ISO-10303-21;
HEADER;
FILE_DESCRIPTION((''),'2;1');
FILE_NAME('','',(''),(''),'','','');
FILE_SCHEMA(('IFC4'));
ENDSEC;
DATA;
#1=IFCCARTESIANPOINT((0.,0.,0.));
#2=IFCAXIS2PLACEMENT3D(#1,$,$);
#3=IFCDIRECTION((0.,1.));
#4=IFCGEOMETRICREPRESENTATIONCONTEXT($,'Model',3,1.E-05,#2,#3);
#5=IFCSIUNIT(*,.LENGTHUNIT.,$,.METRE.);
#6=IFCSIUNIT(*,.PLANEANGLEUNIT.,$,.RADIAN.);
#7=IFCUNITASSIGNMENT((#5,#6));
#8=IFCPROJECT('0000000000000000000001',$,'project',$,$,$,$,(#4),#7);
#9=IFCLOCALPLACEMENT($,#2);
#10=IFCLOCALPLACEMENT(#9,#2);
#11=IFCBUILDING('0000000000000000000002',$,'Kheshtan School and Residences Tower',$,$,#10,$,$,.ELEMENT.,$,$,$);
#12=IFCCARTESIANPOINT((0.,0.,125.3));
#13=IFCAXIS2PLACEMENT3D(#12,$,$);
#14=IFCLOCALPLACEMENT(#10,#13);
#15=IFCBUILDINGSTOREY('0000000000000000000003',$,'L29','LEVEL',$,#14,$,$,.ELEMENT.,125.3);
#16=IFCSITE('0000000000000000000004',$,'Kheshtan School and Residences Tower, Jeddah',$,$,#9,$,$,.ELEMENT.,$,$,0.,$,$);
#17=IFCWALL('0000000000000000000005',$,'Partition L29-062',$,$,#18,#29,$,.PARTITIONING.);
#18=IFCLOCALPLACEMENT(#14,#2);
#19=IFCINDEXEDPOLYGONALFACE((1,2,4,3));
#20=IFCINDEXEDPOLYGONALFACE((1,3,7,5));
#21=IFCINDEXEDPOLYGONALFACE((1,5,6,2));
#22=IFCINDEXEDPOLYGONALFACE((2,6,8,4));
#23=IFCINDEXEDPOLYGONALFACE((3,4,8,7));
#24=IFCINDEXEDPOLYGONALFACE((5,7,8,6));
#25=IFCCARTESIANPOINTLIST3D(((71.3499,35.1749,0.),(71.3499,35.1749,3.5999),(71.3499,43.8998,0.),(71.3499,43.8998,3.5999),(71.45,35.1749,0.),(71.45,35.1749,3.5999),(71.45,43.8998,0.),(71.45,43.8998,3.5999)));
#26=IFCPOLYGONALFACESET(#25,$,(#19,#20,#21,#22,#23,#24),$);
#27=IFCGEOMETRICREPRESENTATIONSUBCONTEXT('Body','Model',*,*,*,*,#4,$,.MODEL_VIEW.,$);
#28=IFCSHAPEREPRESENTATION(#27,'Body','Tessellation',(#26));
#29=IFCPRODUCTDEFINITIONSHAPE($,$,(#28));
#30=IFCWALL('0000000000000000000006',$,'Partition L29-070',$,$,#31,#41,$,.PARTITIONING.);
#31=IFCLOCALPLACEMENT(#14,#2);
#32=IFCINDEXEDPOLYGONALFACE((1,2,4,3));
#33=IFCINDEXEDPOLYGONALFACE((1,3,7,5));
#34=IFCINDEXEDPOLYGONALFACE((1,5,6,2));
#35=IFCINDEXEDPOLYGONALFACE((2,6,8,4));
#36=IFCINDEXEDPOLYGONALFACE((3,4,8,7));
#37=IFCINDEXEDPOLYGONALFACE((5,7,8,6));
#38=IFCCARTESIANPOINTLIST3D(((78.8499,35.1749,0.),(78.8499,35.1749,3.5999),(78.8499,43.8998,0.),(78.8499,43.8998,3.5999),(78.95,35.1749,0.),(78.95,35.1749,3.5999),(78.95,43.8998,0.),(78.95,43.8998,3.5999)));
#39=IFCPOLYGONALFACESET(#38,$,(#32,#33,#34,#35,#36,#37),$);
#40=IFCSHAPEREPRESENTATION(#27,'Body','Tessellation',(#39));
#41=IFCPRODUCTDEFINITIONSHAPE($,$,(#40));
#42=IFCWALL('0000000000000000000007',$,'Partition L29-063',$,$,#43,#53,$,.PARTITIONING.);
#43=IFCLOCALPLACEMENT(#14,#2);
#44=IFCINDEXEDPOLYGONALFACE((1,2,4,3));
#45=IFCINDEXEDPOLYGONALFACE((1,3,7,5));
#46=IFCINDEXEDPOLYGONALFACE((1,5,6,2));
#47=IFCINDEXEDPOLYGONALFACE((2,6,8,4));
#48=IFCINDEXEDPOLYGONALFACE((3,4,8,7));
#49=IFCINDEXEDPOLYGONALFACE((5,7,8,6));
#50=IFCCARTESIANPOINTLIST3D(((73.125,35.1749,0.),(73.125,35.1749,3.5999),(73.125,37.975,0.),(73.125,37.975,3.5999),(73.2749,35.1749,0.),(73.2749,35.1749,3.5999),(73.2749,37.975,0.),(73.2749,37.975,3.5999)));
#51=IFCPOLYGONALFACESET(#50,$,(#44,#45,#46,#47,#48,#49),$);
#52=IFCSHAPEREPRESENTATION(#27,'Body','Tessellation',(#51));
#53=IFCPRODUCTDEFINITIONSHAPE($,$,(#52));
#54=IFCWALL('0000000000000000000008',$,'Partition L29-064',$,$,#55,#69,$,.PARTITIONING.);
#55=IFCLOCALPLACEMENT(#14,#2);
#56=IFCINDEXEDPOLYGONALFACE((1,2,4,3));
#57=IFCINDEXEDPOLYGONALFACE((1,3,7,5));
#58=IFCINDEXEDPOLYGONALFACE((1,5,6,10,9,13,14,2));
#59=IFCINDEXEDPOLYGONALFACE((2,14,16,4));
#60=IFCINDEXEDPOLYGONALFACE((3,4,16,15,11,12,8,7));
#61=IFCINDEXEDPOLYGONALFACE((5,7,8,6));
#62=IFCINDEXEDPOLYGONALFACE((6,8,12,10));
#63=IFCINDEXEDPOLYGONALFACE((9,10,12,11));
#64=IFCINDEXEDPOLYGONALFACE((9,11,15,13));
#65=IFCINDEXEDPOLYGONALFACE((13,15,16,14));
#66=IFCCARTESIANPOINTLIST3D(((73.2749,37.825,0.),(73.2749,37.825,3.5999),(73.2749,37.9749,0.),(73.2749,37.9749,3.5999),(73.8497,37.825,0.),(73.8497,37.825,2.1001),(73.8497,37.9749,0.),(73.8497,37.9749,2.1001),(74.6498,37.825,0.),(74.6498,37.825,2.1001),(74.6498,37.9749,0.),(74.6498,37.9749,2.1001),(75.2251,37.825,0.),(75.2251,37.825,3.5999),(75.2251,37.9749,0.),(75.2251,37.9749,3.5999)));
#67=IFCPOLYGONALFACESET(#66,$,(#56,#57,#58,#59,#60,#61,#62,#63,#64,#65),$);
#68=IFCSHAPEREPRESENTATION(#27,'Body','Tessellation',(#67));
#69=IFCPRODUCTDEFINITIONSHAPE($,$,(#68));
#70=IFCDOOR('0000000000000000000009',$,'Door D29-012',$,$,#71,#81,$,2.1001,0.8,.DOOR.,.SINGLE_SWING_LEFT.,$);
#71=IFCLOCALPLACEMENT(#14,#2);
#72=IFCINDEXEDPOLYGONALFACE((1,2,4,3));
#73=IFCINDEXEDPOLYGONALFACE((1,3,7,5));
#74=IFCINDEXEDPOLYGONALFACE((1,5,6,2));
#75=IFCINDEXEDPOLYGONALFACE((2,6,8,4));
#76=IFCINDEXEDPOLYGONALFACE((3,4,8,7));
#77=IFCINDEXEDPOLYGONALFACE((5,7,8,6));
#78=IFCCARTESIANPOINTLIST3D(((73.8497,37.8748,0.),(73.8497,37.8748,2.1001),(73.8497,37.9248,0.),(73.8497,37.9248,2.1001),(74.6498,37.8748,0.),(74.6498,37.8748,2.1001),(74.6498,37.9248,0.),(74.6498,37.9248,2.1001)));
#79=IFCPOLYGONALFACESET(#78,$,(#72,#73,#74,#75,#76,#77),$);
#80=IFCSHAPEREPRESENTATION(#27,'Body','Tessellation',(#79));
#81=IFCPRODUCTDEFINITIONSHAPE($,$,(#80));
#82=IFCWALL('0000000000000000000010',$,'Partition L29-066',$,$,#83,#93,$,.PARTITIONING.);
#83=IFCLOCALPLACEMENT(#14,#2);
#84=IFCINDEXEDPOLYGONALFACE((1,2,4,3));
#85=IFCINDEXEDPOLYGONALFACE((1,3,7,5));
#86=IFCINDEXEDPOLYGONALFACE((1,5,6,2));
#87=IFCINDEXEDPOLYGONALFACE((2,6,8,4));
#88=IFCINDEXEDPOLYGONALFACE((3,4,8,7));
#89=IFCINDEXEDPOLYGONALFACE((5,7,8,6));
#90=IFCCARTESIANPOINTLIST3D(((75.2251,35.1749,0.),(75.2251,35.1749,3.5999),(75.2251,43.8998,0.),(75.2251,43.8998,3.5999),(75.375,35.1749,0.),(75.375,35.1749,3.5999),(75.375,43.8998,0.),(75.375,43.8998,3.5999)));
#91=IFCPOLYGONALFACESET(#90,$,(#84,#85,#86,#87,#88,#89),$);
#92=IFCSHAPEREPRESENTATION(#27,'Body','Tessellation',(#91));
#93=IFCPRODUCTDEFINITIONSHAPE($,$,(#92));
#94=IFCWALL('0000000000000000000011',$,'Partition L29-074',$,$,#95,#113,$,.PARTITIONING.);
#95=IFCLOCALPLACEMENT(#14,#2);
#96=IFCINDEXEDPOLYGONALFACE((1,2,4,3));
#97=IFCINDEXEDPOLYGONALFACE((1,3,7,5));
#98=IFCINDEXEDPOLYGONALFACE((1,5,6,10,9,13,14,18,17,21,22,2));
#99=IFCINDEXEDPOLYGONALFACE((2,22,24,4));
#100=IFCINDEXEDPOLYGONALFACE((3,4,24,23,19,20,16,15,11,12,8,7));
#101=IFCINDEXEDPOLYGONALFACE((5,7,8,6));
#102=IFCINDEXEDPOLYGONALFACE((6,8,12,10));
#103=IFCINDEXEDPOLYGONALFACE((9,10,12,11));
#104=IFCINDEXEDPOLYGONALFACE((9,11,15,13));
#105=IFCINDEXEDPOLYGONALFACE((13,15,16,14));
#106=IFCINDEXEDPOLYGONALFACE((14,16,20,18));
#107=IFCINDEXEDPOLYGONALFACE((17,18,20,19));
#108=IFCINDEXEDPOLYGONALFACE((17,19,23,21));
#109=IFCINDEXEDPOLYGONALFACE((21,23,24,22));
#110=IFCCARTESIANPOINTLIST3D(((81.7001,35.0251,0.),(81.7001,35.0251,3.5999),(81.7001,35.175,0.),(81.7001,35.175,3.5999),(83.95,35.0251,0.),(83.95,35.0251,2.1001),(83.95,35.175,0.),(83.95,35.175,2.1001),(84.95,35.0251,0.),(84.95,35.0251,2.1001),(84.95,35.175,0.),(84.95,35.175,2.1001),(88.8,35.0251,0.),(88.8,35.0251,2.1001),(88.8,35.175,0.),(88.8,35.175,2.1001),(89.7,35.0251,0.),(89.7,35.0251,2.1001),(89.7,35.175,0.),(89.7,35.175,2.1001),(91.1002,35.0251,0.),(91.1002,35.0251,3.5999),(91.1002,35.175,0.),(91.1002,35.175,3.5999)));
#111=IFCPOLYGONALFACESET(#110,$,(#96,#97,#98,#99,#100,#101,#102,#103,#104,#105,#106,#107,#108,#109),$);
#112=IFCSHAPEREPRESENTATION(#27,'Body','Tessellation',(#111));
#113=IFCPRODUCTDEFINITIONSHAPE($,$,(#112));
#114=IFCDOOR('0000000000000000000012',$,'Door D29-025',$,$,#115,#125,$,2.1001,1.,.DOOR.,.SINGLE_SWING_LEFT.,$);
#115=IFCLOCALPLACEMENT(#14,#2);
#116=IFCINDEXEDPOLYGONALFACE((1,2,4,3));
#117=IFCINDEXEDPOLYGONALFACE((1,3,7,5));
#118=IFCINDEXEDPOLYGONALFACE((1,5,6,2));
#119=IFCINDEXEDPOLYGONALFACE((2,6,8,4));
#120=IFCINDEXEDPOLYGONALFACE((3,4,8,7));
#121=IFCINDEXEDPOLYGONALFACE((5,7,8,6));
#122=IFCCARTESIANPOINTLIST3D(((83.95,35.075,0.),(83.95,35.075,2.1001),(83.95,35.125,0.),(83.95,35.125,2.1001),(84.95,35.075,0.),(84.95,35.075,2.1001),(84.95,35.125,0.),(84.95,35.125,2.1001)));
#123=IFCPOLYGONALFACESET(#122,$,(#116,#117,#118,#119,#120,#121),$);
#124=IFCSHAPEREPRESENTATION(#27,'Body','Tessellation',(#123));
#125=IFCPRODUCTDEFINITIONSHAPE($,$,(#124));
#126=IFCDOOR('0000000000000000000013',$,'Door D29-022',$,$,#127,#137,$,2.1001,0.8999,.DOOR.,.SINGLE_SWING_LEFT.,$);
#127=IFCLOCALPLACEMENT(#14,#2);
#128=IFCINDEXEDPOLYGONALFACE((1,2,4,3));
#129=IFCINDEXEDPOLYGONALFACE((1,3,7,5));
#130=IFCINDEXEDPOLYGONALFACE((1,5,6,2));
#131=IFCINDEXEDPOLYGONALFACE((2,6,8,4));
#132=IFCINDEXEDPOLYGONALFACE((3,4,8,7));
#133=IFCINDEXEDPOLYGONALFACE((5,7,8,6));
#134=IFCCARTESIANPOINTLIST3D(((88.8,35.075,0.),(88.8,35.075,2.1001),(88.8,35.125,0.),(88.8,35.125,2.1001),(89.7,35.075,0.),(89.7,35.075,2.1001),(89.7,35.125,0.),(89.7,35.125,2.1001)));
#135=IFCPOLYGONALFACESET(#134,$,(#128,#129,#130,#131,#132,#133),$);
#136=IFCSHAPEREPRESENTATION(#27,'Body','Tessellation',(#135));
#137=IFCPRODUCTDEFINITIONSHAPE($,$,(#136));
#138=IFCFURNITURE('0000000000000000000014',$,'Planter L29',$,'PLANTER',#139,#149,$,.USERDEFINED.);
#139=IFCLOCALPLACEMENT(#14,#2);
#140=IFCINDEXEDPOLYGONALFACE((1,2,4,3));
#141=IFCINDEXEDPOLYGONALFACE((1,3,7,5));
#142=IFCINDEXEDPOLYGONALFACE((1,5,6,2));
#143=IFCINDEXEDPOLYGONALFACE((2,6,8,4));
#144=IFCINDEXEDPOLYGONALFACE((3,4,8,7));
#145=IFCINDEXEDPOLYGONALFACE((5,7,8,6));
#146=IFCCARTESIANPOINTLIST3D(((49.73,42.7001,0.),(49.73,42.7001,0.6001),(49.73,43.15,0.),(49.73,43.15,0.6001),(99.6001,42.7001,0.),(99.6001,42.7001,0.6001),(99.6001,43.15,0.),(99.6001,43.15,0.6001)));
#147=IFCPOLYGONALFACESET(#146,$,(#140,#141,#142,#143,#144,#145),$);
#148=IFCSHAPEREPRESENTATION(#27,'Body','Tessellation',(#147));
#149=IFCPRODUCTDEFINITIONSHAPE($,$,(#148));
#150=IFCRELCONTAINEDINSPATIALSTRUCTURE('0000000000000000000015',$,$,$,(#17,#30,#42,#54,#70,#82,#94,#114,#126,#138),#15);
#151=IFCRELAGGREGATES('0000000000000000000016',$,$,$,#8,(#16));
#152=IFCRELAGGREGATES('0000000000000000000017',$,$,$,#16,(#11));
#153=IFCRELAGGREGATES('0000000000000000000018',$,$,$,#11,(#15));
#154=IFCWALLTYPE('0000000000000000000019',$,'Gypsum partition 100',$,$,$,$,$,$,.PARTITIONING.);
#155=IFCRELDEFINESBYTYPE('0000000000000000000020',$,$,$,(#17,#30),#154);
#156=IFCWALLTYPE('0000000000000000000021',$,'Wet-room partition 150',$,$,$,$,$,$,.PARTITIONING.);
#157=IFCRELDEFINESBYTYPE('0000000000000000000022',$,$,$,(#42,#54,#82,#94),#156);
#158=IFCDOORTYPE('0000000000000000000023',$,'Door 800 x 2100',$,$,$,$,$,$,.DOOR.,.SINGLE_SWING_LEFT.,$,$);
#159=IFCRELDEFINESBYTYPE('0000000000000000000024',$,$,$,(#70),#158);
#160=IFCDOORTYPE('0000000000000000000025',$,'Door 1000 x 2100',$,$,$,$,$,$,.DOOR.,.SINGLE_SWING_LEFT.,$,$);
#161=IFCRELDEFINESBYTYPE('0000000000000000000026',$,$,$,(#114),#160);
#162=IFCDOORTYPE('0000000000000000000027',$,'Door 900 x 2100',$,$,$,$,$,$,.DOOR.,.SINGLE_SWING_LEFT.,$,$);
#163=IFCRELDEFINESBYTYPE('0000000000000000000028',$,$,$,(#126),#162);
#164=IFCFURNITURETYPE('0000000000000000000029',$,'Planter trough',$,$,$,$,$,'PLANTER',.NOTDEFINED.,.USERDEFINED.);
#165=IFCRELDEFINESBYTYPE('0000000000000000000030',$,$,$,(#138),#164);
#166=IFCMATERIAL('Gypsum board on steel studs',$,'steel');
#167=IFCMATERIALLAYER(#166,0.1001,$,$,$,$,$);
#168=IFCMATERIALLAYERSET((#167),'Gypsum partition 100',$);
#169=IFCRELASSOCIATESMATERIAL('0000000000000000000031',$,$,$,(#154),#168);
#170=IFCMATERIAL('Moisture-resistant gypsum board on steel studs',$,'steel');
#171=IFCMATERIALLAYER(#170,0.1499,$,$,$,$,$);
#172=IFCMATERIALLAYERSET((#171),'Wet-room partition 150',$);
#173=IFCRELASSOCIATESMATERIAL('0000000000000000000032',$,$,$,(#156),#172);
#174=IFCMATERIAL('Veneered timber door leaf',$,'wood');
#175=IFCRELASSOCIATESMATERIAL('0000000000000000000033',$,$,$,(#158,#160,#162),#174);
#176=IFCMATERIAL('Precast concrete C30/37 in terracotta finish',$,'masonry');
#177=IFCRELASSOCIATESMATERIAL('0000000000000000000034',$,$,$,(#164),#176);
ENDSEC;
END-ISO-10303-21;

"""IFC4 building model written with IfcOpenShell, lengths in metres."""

from ifc_helpers import new_model, si_unit, direction, frame, frame_2d, origin, origin_2d, place, context, subcontext, project, spatial, rectangle, extrude, source, transform, mapped, material, layer, layer_set, type_object, element, fill, save


model = new_model("IFC4")

# Units and contexts
model_context = context("Model", 3, precision=1e-05, world=origin(), true_north=direction((0.0, 1.0)))
body_context = subcontext(model_context, "Body", "Model", "MODEL_VIEW")
ifc_project = project(units=[si_unit("LENGTHUNIT", "METRE"), si_unit("PLANEANGLEUNIT", "RADIAN")], contexts=[model_context])

# Site, building, storey
site_placement = place(None, origin())
site = spatial("IfcSite", under=ifc_project, at=site_placement, Name="Kheshtan School and Residences Tower, Jeddah", CompositionType="ELEMENT", RefElevation=0.0)
building_placement = place(site_placement, origin())
building = spatial("IfcBuilding", under=site, at=building_placement, Name="Kheshtan School and Residences Tower", CompositionType="ELEMENT")
storey_placement = place(building_placement, frame((0.0, 0.0, 125.3)))
storey = spatial("IfcBuildingStorey", under=building, at=storey_placement, Name="L29", Description="LEVEL", CompositionType="ELEMENT", Elevation=125.3)

# Walls
ifc_material_1 = material(Name="Gypsum board on steel studs", Category="steel")
ifc_layer_1 = layer(ifc_material_1, 0.1001)
ifc_layer_set_1 = layer_set([ifc_layer_1], Name="Gypsum partition 100")
wall_type_1 = type_object("IfcWallType", Name="Gypsum partition 100", PredefinedType="PARTITIONING", material=ifc_layer_set_1)
for number, where, z_axis, x_axis, name in (
    (1, (71.3999, 35.175, 0.0), (0.0, 0.0, 1.0), (0.0, 1.0, 0.0), "Partition L29-062"),
    (2, (78.8999, 35.175, 0.0), (0.0, 0.0, 1.0), (0.0, 1.0, 0.0), "Partition L29-070"),
):
    element("IfcWall", number, at=place(storey_placement, frame(where, z_axis=z_axis, x_axis=x_axis)), inside=storey, type_object=wall_type_1, Name=name, PredefinedType="PARTITIONING", context=body_context, shape_type="SweptSolid", body=[
        extrude(rectangle(XDim=8.7249, YDim=0.1001, at=frame_2d((4.3623, 0.0))), origin(), (0.0, 0.0, 1.0), 3.5999),
    ])
ifc_material_2 = material(Name="Moisture-resistant gypsum board on steel studs", Category="steel")
ifc_layer_2 = layer(ifc_material_2, 0.1499)
ifc_layer_set_2 = layer_set([ifc_layer_2], Name="Wet-room partition 150")
wall_type_2 = type_object("IfcWallType", Name="Wet-room partition 150", PredefinedType="PARTITIONING", material=ifc_layer_set_2)
wall_1_placement = place(storey_placement, frame((73.2, 35.175, 0.0), z_axis=(0.0, 0.0, 1.0), x_axis=(0.0, 1.0, 0.0)))
element("IfcWall", 3, at=wall_1_placement, inside=storey, type_object=wall_type_2, Name="Partition L29-063", PredefinedType="PARTITIONING", context=body_context, shape_type="SweptSolid", body=[
    extrude(rectangle(XDim=2.8, YDim=0.1499, at=frame_2d((1.3999, 0.0))), origin(), (0.0, 0.0, 1.0), 3.5999),
])

# Wall, opening, door
wall_2_placement = place(storey_placement, frame((73.2749, 37.8999, 0.0), z_axis=(0.0, 0.0, 1.0), x_axis=(1.0, 0.0, 0.0)))
wall_2 = element("IfcWall", 4, at=wall_2_placement, inside=storey, type_object=wall_type_2, Name="Partition L29-064", PredefinedType="PARTITIONING", context=body_context, shape_type="SweptSolid", body=[
    extrude(rectangle(XDim=1.9502, YDim=0.1499, at=frame_2d((0.9751, 0.0))), origin(), (0.0, 0.0, 1.0), 3.5999),
])
opening_1_placement = place(wall_2_placement, frame((0.575, 0.0, 0.0)))
opening_1 = element("IfcOpeningElement", 5, at=opening_1_placement, cuts=wall_2, PredefinedType="OPENING", context=body_context, shape_type="SweptSolid", body=[
    extrude(rectangle(XDim=0.8, YDim=2.1001, at=frame_2d((0.3999, 1.05))), frame((0.0, 0.085, 0.0), z_axis=(0.0, -1.0, 0.0), x_axis=(1.0, 0.0, 0.0)), (0.0, 0.0, 1.0), 0.1699),
])
ifc_material_3 = material(Name="Veneered timber door leaf", Category="wood")
door_type_1 = type_object("IfcDoorType", Name="Door 800 x 2100", OperationType="SINGLE_SWING_LEFT", PredefinedType="DOOR", material=ifc_material_3)
shared_shape_1 = source(origin(), body_context, "Body", "SweptSolid", [
    extrude(rectangle(XDim=0.8, YDim=2.1001, at=frame_2d((0.3999, 1.05))), frame((0.0, 0.0249, 0.0), z_axis=(0.0, -1.0, 0.0), x_axis=(1.0, 0.0, 0.0)), (0.0, 0.0, 1.0), 0.05),
])
door_1_placement = place(opening_1_placement, origin())
door_1 = element("IfcDoor", 6, at=door_1_placement, inside=storey, type_object=door_type_1, Name="Door D29-012", OperationType="SINGLE_SWING_LEFT", OverallHeight=2.1001, OverallWidth=0.8, PredefinedType="DOOR", context=body_context, shape_type="MappedRepresentation", body=[
    mapped(shared_shape_1, transform((0.0, 0.0, 0.0), x_axis=(1.0, 0.0, 0.0), y_axis=(0.0, 1.0, 0.0), z_axis=(0.0, 0.0, 1.0), scale=1.0)),
])
fill(opening_1, door_1)

# Wall
wall_3_placement = place(storey_placement, frame((75.3, 35.175, 0.0), z_axis=(0.0, 0.0, 1.0), x_axis=(0.0, 1.0, 0.0)))
element("IfcWall", 7, at=wall_3_placement, inside=storey, type_object=wall_type_2, Name="Partition L29-066", PredefinedType="PARTITIONING", context=body_context, shape_type="SweptSolid", body=[
    extrude(rectangle(XDim=8.7249, YDim=0.1499, at=frame_2d((4.3623, 0.0))), origin(), (0.0, 0.0, 1.0), 3.5999),
])

# Wall, openings, doors
wall_4_placement = place(storey_placement, frame((81.7, 35.1001, 0.0), z_axis=(0.0, 0.0, 1.0), x_axis=(1.0, 0.0, 0.0)))
wall_4 = element("IfcWall", 8, at=wall_4_placement, inside=storey, type_object=wall_type_2, Name="Partition L29-074", PredefinedType="PARTITIONING", context=body_context, shape_type="SweptSolid", body=[
    extrude(rectangle(XDim=9.4001, YDim=0.1499, at=frame_2d((4.7002, 0.0))), origin(), (0.0, 0.0, 1.0), 3.5999),
])
opening_2_placement = place(wall_4_placement, frame((7.1001, 0.0, 0.0)))
opening_2 = element("IfcOpeningElement", 9, at=opening_2_placement, cuts=wall_4, PredefinedType="OPENING", context=body_context, shape_type="SweptSolid", body=[
    extrude(rectangle(XDim=0.8999, YDim=2.1001, at=frame_2d((0.45, 1.05))), frame((0.0, 0.085, 0.0), z_axis=(0.0, -1.0, 0.0), x_axis=(1.0, 0.0, 0.0)), (0.0, 0.0, 1.0), 0.1699),
])
opening_3_placement = place(wall_4_placement, frame((2.25, 0.0, 0.0)))
opening_3 = element("IfcOpeningElement", 10, at=opening_3_placement, cuts=wall_4, PredefinedType="OPENING", context=body_context, shape_type="SweptSolid", body=[
    extrude(rectangle(XDim=1.0, YDim=2.1001, at=frame_2d((0.5, 1.05))), frame((0.0, 0.085, 0.0), z_axis=(0.0, -1.0, 0.0), x_axis=(1.0, 0.0, 0.0)), (0.0, 0.0, 1.0), 0.1699),
])
door_type_2 = type_object("IfcDoorType", Name="Door 1000 x 2100", OperationType="SINGLE_SWING_LEFT", PredefinedType="DOOR", material=ifc_material_3)
shared_shape_2 = source(origin(), body_context, "Body", "SweptSolid", [
    extrude(rectangle(XDim=1.0, YDim=2.1001, at=frame_2d((0.5, 1.05))), frame((0.0, 0.0249, 0.0), z_axis=(0.0, -1.0, 0.0), x_axis=(1.0, 0.0, 0.0)), (0.0, 0.0, 1.0), 0.05),
])
door_2_placement = place(opening_3_placement, origin())
door_2 = element("IfcDoor", 11, at=door_2_placement, inside=storey, type_object=door_type_2, Name="Door D29-025", OperationType="SINGLE_SWING_LEFT", OverallHeight=2.1001, OverallWidth=1.0, PredefinedType="DOOR", context=body_context, shape_type="MappedRepresentation", body=[
    mapped(shared_shape_2, transform((0.0, 0.0, 0.0), x_axis=(1.0, 0.0, 0.0), y_axis=(0.0, 1.0, 0.0), z_axis=(0.0, 0.0, 1.0), scale=1.0)),
])
fill(opening_3, door_2)
door_type_3 = type_object("IfcDoorType", Name="Door 900 x 2100", OperationType="SINGLE_SWING_LEFT", PredefinedType="DOOR", material=ifc_material_3)
shared_shape_3 = source(origin(), body_context, "Body", "SweptSolid", [
    extrude(rectangle(XDim=0.8999, YDim=2.1001, at=frame_2d((0.45, 1.05))), frame((0.0, 0.0249, 0.0), z_axis=(0.0, -1.0, 0.0), x_axis=(1.0, 0.0, 0.0)), (0.0, 0.0, 1.0), 0.05),
])
door_3_placement = place(opening_2_placement, origin())
door_3 = element("IfcDoor", 12, at=door_3_placement, inside=storey, type_object=door_type_3, Name="Door D29-022", OperationType="SINGLE_SWING_LEFT", OverallHeight=2.1001, OverallWidth=0.8999, PredefinedType="DOOR", context=body_context, shape_type="MappedRepresentation", body=[
    mapped(shared_shape_3, transform((0.0, 0.0, 0.0), x_axis=(1.0, 0.0, 0.0), y_axis=(0.0, 1.0, 0.0), z_axis=(0.0, 0.0, 1.0), scale=1.0)),
])
fill(opening_2, door_3)

# Furniture
ifc_material_4 = material(Name="Precast concrete C30/37 in terracotta finish", Category="masonry")
furniture_type = type_object("IfcFurnitureType", Name="Planter trough", ElementType="PLANTER", AssemblyPlace="NOTDEFINED", PredefinedType="USERDEFINED", material=ifc_material_4)
furniture_placement = place(storey_placement, frame((74.665, 42.925, 0.0), z_axis=(0.0, 0.0, 1.0), x_axis=(1.0, 0.0, 0.0)))
element("IfcFurniture", 13, at=furniture_placement, inside=storey, type_object=furniture_type, Name="Planter L29", ObjectType="PLANTER", PredefinedType="USERDEFINED", context=body_context, shape_type="SweptSolid", body=[
    extrude(rectangle(XDim=49.8701, YDim=0.45, at=origin_2d()), origin(), (0.0, 0.0, 1.0), 0.6001),
])

save(model, "model.ifc")
